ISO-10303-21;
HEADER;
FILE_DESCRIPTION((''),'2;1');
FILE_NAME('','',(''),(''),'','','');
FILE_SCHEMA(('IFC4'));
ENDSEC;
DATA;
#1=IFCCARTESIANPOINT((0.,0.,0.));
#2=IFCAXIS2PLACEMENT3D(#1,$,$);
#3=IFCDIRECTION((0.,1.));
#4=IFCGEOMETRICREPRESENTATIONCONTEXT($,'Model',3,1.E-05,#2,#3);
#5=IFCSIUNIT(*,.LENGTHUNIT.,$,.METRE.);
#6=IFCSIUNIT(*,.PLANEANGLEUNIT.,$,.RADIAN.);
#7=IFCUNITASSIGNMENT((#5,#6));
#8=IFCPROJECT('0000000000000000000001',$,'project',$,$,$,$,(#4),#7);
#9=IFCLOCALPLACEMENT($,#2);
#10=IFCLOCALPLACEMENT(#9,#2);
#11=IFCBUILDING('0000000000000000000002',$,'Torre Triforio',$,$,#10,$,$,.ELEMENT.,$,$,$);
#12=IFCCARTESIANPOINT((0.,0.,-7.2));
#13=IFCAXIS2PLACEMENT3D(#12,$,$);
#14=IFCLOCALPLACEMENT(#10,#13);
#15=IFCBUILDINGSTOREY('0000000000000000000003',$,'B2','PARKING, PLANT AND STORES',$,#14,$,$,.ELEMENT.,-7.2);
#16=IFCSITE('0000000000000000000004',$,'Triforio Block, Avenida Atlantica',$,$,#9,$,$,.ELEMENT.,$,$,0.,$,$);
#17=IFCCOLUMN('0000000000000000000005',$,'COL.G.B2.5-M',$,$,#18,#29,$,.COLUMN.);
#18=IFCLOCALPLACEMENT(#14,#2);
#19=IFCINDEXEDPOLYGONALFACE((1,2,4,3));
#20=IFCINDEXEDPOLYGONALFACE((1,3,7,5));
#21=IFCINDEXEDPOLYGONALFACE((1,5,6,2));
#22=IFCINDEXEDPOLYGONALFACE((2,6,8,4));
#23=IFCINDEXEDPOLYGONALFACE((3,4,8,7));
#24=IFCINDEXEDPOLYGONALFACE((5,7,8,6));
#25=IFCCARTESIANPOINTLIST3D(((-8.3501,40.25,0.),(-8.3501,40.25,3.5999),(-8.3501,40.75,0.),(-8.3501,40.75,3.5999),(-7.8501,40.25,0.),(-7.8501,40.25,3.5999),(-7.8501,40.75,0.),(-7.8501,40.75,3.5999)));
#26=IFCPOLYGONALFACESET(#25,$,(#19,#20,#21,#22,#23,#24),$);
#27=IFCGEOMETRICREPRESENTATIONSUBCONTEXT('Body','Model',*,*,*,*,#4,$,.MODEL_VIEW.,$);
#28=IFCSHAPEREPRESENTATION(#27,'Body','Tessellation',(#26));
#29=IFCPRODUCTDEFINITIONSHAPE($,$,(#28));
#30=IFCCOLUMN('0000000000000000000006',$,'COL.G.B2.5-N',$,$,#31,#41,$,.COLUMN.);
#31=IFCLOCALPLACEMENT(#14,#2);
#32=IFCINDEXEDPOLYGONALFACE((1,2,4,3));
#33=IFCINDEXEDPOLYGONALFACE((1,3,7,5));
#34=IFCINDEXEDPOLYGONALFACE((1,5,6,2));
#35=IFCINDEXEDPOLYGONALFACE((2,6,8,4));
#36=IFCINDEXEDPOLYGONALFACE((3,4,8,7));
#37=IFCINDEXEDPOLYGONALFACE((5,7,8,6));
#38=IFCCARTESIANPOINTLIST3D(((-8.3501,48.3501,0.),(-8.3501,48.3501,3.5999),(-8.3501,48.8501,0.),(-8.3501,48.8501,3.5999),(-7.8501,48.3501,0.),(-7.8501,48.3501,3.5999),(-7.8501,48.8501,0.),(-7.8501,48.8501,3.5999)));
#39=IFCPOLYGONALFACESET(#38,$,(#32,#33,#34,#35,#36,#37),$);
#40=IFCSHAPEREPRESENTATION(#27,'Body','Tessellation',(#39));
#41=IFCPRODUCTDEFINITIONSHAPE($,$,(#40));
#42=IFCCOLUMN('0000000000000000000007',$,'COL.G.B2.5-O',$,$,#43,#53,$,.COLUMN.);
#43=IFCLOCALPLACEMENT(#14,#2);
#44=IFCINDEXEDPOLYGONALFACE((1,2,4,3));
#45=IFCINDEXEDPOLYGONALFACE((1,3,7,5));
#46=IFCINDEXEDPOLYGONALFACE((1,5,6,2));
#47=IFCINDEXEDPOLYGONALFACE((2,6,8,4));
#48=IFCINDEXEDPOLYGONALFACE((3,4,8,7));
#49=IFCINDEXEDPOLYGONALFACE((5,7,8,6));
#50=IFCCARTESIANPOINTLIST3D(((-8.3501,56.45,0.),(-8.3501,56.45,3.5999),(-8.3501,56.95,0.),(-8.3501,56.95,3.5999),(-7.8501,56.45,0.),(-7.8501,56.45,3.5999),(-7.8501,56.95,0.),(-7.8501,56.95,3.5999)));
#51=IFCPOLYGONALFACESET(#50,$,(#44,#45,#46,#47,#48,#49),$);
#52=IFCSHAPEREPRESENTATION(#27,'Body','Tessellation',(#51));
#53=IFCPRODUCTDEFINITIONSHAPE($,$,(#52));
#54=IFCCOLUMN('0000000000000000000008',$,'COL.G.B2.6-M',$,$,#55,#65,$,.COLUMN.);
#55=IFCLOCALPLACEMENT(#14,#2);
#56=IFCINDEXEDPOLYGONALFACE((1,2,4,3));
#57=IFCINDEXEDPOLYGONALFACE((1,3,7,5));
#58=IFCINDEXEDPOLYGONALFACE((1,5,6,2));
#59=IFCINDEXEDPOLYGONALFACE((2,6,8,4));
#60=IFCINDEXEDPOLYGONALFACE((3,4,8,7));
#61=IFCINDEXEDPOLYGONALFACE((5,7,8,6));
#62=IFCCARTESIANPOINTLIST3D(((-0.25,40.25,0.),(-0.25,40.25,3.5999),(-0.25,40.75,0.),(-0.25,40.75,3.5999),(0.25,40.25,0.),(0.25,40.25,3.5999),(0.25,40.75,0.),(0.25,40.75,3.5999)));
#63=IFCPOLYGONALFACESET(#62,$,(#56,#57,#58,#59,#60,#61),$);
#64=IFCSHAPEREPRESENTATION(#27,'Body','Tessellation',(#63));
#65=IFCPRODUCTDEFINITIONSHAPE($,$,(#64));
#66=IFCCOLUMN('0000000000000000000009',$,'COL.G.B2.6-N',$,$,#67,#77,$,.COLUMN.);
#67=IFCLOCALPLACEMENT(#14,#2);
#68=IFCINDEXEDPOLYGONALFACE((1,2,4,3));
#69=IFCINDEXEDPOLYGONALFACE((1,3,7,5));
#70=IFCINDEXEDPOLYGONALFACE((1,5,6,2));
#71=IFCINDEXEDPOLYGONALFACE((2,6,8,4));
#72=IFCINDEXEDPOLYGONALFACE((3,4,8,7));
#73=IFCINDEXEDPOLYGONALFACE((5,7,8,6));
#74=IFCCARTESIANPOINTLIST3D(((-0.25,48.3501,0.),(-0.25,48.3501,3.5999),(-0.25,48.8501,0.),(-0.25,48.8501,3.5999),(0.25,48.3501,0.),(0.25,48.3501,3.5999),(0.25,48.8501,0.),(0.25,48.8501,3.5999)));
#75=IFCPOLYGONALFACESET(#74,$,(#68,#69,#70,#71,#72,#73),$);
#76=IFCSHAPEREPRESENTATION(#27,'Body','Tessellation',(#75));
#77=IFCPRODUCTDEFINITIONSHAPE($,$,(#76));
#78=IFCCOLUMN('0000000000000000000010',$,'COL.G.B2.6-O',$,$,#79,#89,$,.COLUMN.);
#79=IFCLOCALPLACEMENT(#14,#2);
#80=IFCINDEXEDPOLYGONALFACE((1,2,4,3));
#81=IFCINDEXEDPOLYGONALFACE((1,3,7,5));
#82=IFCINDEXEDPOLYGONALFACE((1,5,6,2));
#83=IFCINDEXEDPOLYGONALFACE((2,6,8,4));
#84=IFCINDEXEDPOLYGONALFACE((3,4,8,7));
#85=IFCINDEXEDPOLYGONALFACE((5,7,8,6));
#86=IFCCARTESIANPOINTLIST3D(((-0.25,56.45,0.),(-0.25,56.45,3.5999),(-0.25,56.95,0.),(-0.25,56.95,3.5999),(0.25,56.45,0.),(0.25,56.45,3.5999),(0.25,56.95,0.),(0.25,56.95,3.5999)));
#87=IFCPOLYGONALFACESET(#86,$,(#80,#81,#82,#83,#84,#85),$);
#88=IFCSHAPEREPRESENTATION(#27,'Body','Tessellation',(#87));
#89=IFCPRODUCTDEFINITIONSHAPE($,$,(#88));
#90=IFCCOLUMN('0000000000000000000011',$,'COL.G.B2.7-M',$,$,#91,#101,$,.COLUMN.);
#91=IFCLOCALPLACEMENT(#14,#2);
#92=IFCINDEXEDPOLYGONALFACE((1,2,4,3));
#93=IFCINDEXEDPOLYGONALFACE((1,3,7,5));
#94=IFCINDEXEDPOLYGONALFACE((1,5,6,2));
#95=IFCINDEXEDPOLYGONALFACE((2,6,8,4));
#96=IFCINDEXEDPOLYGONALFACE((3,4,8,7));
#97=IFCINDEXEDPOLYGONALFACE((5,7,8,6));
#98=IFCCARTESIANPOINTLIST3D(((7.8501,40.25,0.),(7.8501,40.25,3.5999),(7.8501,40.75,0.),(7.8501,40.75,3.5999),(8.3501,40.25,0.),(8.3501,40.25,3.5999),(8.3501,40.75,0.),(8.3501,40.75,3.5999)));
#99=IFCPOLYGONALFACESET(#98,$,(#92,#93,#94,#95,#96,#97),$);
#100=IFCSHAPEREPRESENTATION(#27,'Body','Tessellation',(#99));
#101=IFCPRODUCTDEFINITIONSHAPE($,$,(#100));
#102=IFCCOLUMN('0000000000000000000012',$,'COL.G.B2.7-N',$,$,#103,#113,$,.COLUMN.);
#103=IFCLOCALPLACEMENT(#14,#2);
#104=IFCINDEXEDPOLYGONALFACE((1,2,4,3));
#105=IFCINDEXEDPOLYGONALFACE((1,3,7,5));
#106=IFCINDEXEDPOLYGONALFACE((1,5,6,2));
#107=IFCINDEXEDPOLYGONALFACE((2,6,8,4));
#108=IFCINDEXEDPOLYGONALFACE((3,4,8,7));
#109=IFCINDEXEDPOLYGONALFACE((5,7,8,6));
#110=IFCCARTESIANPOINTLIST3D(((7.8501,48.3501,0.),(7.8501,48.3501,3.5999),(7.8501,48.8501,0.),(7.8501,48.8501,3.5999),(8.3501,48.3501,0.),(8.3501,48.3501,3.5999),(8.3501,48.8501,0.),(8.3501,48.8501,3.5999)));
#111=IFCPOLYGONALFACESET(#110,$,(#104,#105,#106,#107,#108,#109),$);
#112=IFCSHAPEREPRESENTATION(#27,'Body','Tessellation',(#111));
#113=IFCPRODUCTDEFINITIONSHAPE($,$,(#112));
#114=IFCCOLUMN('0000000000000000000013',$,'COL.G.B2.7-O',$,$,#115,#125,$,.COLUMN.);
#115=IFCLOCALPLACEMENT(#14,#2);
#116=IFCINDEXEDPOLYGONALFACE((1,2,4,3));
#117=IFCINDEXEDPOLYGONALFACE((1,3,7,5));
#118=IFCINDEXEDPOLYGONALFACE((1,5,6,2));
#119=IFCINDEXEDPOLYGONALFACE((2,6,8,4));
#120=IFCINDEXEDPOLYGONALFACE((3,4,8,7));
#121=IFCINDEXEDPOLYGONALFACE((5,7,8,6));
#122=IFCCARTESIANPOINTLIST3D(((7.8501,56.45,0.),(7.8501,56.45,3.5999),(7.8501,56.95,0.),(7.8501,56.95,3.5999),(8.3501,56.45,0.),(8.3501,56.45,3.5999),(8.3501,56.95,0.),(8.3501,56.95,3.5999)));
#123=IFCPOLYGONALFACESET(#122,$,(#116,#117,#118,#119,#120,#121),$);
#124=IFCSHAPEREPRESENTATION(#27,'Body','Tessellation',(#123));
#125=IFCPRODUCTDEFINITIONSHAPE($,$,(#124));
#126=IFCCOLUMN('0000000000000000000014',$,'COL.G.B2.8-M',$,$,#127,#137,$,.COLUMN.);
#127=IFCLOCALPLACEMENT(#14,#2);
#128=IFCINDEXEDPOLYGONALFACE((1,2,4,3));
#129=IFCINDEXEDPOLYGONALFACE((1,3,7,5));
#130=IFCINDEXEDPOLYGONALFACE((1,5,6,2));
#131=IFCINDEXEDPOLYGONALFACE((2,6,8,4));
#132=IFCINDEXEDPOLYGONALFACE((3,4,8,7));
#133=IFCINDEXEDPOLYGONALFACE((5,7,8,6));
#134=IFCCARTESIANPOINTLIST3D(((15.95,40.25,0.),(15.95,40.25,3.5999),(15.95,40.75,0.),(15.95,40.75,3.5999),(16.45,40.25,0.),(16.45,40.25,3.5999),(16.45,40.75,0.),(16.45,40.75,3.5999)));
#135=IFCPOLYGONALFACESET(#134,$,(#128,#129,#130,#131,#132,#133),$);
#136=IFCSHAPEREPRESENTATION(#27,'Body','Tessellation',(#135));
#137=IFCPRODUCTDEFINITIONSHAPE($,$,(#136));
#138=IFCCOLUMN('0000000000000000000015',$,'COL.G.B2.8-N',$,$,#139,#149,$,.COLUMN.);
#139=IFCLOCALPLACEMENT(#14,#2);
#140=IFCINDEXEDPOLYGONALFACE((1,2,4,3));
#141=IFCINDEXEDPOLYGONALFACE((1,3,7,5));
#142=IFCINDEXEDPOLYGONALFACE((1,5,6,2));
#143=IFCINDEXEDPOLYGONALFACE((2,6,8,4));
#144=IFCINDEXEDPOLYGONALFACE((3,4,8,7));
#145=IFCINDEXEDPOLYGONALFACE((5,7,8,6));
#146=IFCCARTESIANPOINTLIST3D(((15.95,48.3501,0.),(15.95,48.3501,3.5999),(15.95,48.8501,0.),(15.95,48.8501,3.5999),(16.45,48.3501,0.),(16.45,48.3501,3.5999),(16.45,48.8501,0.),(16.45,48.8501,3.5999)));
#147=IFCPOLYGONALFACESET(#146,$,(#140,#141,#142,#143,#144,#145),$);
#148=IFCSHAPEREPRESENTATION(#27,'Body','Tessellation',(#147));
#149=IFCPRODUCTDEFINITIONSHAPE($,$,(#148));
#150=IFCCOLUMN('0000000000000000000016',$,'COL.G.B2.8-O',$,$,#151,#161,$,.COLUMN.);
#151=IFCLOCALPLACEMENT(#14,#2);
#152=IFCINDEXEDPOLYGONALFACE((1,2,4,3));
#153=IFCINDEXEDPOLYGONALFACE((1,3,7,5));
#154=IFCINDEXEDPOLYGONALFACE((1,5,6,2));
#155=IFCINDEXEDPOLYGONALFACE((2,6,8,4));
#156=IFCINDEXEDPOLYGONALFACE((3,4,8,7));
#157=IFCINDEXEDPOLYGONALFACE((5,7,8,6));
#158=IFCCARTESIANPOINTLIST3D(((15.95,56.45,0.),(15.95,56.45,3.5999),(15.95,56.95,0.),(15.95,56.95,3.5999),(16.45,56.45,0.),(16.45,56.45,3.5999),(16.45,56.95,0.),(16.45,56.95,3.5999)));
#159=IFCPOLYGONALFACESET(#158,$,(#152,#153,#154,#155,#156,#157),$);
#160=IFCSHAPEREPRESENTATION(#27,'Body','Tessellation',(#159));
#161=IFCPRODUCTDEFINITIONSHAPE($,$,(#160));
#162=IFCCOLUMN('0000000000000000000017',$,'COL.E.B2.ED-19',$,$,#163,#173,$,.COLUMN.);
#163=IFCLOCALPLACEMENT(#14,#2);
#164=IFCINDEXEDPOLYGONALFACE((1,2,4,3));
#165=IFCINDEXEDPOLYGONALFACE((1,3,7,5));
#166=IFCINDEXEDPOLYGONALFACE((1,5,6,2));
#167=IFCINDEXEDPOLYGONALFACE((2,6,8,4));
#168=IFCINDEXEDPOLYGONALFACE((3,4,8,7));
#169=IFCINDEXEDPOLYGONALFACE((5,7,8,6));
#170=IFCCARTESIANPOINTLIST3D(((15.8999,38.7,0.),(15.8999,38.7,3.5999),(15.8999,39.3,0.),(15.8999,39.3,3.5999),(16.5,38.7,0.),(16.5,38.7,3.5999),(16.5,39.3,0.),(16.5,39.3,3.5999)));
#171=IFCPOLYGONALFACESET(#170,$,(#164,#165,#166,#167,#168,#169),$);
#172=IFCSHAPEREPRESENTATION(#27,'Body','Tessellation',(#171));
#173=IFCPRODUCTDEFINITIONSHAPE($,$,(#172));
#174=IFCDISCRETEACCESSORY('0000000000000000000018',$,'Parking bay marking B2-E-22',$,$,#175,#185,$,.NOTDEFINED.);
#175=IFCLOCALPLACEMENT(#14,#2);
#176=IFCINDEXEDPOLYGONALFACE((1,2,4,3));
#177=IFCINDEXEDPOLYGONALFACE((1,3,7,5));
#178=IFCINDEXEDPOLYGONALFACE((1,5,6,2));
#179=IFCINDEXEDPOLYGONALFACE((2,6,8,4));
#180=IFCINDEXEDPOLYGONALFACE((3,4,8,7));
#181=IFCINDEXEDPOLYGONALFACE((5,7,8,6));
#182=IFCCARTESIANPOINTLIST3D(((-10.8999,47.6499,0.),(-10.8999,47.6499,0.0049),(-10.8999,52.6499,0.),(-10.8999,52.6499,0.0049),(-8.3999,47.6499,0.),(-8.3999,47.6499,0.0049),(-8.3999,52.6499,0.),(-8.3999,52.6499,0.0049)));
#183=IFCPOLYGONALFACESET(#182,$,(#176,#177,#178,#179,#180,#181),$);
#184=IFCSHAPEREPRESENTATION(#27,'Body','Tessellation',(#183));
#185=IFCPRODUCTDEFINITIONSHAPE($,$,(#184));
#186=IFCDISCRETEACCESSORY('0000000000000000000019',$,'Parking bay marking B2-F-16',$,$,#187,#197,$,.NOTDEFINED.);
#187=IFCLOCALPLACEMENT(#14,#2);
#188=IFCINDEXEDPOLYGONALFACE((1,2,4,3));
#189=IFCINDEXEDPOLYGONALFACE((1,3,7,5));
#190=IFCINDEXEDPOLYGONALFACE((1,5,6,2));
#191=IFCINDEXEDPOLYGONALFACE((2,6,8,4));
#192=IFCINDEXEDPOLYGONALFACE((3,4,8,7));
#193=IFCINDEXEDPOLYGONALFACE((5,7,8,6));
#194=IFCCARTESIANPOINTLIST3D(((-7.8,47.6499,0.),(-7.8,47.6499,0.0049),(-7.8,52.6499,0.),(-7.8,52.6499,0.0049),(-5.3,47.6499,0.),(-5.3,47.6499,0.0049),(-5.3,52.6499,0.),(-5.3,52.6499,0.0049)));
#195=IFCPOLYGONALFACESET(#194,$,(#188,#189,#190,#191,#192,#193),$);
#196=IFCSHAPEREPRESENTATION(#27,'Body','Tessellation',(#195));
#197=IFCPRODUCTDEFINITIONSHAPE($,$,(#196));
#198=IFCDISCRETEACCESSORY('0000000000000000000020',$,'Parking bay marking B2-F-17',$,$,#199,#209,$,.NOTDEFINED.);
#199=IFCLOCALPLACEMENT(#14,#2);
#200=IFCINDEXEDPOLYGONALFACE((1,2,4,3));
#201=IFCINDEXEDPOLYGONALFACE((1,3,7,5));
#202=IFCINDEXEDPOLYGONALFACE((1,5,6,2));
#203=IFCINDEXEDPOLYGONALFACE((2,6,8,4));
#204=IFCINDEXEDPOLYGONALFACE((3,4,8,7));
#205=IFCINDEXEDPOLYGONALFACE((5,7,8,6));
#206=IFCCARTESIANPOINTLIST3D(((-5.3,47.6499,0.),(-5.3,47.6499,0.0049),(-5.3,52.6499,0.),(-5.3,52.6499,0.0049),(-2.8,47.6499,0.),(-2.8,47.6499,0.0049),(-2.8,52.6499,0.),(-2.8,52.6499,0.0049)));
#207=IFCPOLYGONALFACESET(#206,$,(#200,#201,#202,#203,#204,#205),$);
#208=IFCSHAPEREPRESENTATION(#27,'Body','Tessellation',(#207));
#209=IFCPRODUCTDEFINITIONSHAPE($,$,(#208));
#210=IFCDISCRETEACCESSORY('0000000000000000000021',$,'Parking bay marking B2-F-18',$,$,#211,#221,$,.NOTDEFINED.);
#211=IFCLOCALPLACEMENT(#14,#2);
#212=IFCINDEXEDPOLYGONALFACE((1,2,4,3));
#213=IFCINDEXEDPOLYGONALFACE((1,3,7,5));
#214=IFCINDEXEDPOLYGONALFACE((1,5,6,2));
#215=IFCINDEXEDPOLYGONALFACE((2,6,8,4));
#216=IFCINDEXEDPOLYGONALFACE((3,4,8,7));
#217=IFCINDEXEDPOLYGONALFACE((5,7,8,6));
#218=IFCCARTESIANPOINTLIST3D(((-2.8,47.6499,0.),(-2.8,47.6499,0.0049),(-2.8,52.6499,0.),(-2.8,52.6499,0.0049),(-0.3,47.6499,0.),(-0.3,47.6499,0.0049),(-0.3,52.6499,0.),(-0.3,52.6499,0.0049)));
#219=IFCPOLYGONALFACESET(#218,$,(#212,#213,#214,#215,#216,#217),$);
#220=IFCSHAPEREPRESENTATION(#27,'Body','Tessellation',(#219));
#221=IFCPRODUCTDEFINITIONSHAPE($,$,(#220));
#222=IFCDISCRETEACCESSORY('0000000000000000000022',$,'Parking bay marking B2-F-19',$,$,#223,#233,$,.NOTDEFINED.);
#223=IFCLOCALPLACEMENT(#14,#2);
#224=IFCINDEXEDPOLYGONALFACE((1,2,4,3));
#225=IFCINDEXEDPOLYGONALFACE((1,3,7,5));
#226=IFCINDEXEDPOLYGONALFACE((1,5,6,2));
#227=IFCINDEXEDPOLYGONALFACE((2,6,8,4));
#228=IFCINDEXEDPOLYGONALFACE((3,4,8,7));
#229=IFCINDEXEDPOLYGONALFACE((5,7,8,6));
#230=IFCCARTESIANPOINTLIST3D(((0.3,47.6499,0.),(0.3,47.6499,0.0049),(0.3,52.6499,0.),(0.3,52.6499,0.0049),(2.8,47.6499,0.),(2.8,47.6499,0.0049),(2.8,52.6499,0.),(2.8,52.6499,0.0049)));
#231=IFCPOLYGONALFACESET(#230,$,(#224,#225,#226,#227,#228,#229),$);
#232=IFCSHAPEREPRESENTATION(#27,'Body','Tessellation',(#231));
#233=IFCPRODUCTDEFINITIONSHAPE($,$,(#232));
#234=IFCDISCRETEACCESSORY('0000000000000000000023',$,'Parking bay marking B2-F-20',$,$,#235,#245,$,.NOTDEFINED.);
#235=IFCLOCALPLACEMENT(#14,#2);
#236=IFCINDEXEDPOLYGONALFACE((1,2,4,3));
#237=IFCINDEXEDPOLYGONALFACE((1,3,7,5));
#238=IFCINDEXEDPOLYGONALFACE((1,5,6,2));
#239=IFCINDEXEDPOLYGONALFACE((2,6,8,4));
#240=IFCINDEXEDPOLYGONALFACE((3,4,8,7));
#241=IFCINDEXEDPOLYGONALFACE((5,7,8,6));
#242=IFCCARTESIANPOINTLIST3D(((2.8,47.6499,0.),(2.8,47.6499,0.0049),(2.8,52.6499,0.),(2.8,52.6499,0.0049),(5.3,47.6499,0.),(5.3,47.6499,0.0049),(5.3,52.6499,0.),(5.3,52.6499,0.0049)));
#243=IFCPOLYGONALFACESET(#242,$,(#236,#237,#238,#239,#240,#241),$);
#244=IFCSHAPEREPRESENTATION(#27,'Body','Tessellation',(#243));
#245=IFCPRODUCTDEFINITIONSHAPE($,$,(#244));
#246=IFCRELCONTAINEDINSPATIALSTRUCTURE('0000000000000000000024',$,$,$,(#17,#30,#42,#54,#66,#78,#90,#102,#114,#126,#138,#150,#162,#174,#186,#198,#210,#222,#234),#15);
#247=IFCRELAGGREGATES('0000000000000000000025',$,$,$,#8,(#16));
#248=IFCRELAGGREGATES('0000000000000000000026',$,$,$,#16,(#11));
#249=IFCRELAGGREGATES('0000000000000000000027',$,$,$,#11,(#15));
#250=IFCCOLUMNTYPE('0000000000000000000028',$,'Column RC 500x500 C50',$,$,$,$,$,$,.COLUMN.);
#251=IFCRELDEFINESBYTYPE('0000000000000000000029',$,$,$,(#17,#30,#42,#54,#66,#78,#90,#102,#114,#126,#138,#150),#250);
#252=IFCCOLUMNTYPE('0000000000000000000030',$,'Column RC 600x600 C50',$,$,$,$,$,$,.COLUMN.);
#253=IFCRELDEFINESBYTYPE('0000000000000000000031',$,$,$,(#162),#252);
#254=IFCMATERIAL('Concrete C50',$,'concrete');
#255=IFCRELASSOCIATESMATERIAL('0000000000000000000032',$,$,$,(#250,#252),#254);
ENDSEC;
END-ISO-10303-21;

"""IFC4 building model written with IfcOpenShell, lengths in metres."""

from ifc_helpers import new_model, si_unit, direction, frame, origin, origin_2d, place, context, subcontext, project, spatial, rectangle, extrude, material, material_profile, profile_set, type_object, element, save


model = new_model("IFC4")

# Units and contexts
model_context = context("Model", 3, precision=1e-05, world=origin(), true_north=direction((0.0, 1.0)))
body_context = subcontext(model_context, "Body", "Model", "MODEL_VIEW")
ifc_project = project(units=[si_unit("LENGTHUNIT", "METRE"), si_unit("PLANEANGLEUNIT", "RADIAN")], contexts=[model_context])

# Site, building, storey
site_placement = place(None, origin())
site = spatial("IfcSite", under=ifc_project, at=site_placement, Name="Triforio Block, Avenida Atlantica", CompositionType="ELEMENT", RefElevation=0.0)
building_placement = place(site_placement, origin())
building = spatial("IfcBuilding", under=site, at=building_placement, Name="Torre Triforio", CompositionType="ELEMENT")
storey_placement = place(building_placement, frame((0.0, 0.0, -7.2)))
storey = spatial("IfcBuildingStorey", under=building, at=storey_placement, Name="B2", Description="PARKING, PLANT AND STORES", CompositionType="ELEMENT", Elevation=-7.2)

# Columns
ifc_material = material(Name="Concrete C50", Category="concrete")
ifc_material_profile_1 = material_profile(ifc_material, rectangle(XDim=0.5, YDim=0.5, at=origin_2d()), Name="RC 500x500")
ifc_profile_set_1 = profile_set([ifc_material_profile_1], Name="Concrete C50")
column_type_1 = type_object("IfcColumnType", Name="Column RC 500x500 C50", PredefinedType="COLUMN", material=ifc_profile_set_1)
for number, where, z_axis, x_axis, name in (
    (1, (-8.1001, 40.5, 0.0), (0.0, 0.0, 1.0), (1.0, 0.0, 0.0), "COL.G.B2.5-M"),
    (2, (-8.1001, 48.6001, 0.0), (0.0, 0.0, 1.0), (1.0, 0.0, 0.0), "COL.G.B2.5-N"),
    (3, (-8.1001, 56.7, 0.0), (0.0, 0.0, 1.0), (1.0, 0.0, 0.0), "COL.G.B2.5-O"),
    (4, (0.0, 40.5, 0.0), (0.0, 0.0, 1.0), (1.0, 0.0, 0.0), "COL.G.B2.6-M"),
    (5, (0.0, 48.6001, 0.0), (0.0, 0.0, 1.0), (1.0, 0.0, 0.0), "COL.G.B2.6-N"),
    (6, (0.0, 56.7, 0.0), (0.0, 0.0, 1.0), (1.0, 0.0, 0.0), "COL.G.B2.6-O"),
    (7, (8.1001, 40.5, 0.0), (0.0, 0.0, 1.0), (1.0, 0.0, 0.0), "COL.G.B2.7-M"),
    (8, (8.1001, 48.6001, 0.0), (0.0, 0.0, 1.0), (1.0, 0.0, 0.0), "COL.G.B2.7-N"),
    (9, (8.1001, 56.7, 0.0), (0.0, 0.0, 1.0), (1.0, 0.0, 0.0), "COL.G.B2.7-O"),
    (10, (16.2, 40.5, 0.0), (0.0, 0.0, 1.0), (1.0, 0.0, 0.0), "COL.G.B2.8-M"),
    (11, (16.2, 48.6001, 0.0), (0.0, 0.0, 1.0), (1.0, 0.0, 0.0), "COL.G.B2.8-N"),
    (12, (16.2, 56.7, 0.0), (0.0, 0.0, 1.0), (1.0, 0.0, 0.0), "COL.G.B2.8-O"),
):
    element("IfcColumn", number, at=place(storey_placement, frame(where, z_axis=z_axis, x_axis=x_axis)), inside=storey, type_object=column_type_1, Name=name, PredefinedType="COLUMN", context=body_context, shape_type="SweptSolid", body=[
        extrude(rectangle(XDim=0.5, YDim=0.5, at=origin_2d()), origin(), (0.0, 0.0, 1.0), 3.5999),
    ])
ifc_material_profile_2 = material_profile(ifc_material, rectangle(XDim=0.6001, YDim=0.6001, at=origin_2d()), Name="RC 600x600")
ifc_profile_set_2 = profile_set([ifc_material_profile_2], Name="Concrete C50")
column_type_2 = type_object("IfcColumnType", Name="Column RC 600x600 C50", PredefinedType="COLUMN", material=ifc_profile_set_2)
column_placement = place(storey_placement, frame((16.2, 39.0, 0.0), z_axis=(0.0, 0.0, 1.0), x_axis=(1.0, 0.0, 0.0)))
element("IfcColumn", 13, at=column_placement, inside=storey, type_object=column_type_2, Name="COL.E.B2.ED-19", PredefinedType="COLUMN", context=body_context, shape_type="SweptSolid", body=[
    extrude(rectangle(XDim=0.6001, YDim=0.6001, at=origin_2d()), origin(), (0.0, 0.0, 1.0), 3.5999),
])

# Discrete accessories
for number, where, z_axis, x_axis, name in (
    (14, (-9.6499, 50.1499, 0.0), (0.0, 0.0, 1.0), (1.0, 0.0, 0.0), "Parking bay marking B2-E-22"),
    (15, (-6.55, 50.1499, 0.0), (0.0, 0.0, 1.0), (1.0, 0.0, 0.0), "Parking bay marking B2-F-16"),
    (16, (-4.05, 50.1499, 0.0), (0.0, 0.0, 1.0), (1.0, 0.0, 0.0), "Parking bay marking B2-F-17"),
    (17, (-1.55, 50.1499, 0.0), (0.0, 0.0, 1.0), (1.0, 0.0, 0.0), "Parking bay marking B2-F-18"),
    (18, (1.55, 50.1499, 0.0), (0.0, 0.0, 1.0), (1.0, 0.0, 0.0), "Parking bay marking B2-F-19"),
    (19, (4.05, 50.1499, 0.0), (0.0, 0.0, 1.0), (1.0, 0.0, 0.0), "Parking bay marking B2-F-20"),
):
    element("IfcDiscreteAccessory", number, at=place(storey_placement, frame(where, z_axis=z_axis, x_axis=x_axis)), inside=storey, Name=name, PredefinedType="NOTDEFINED", context=body_context, shape_type="SweptSolid", body=[
        extrude(rectangle(XDim=2.5, YDim=5.0, at=origin_2d()), origin(), (0.0, 0.0, 1.0), 0.0049),
    ])

save(model, "model.ifc")
